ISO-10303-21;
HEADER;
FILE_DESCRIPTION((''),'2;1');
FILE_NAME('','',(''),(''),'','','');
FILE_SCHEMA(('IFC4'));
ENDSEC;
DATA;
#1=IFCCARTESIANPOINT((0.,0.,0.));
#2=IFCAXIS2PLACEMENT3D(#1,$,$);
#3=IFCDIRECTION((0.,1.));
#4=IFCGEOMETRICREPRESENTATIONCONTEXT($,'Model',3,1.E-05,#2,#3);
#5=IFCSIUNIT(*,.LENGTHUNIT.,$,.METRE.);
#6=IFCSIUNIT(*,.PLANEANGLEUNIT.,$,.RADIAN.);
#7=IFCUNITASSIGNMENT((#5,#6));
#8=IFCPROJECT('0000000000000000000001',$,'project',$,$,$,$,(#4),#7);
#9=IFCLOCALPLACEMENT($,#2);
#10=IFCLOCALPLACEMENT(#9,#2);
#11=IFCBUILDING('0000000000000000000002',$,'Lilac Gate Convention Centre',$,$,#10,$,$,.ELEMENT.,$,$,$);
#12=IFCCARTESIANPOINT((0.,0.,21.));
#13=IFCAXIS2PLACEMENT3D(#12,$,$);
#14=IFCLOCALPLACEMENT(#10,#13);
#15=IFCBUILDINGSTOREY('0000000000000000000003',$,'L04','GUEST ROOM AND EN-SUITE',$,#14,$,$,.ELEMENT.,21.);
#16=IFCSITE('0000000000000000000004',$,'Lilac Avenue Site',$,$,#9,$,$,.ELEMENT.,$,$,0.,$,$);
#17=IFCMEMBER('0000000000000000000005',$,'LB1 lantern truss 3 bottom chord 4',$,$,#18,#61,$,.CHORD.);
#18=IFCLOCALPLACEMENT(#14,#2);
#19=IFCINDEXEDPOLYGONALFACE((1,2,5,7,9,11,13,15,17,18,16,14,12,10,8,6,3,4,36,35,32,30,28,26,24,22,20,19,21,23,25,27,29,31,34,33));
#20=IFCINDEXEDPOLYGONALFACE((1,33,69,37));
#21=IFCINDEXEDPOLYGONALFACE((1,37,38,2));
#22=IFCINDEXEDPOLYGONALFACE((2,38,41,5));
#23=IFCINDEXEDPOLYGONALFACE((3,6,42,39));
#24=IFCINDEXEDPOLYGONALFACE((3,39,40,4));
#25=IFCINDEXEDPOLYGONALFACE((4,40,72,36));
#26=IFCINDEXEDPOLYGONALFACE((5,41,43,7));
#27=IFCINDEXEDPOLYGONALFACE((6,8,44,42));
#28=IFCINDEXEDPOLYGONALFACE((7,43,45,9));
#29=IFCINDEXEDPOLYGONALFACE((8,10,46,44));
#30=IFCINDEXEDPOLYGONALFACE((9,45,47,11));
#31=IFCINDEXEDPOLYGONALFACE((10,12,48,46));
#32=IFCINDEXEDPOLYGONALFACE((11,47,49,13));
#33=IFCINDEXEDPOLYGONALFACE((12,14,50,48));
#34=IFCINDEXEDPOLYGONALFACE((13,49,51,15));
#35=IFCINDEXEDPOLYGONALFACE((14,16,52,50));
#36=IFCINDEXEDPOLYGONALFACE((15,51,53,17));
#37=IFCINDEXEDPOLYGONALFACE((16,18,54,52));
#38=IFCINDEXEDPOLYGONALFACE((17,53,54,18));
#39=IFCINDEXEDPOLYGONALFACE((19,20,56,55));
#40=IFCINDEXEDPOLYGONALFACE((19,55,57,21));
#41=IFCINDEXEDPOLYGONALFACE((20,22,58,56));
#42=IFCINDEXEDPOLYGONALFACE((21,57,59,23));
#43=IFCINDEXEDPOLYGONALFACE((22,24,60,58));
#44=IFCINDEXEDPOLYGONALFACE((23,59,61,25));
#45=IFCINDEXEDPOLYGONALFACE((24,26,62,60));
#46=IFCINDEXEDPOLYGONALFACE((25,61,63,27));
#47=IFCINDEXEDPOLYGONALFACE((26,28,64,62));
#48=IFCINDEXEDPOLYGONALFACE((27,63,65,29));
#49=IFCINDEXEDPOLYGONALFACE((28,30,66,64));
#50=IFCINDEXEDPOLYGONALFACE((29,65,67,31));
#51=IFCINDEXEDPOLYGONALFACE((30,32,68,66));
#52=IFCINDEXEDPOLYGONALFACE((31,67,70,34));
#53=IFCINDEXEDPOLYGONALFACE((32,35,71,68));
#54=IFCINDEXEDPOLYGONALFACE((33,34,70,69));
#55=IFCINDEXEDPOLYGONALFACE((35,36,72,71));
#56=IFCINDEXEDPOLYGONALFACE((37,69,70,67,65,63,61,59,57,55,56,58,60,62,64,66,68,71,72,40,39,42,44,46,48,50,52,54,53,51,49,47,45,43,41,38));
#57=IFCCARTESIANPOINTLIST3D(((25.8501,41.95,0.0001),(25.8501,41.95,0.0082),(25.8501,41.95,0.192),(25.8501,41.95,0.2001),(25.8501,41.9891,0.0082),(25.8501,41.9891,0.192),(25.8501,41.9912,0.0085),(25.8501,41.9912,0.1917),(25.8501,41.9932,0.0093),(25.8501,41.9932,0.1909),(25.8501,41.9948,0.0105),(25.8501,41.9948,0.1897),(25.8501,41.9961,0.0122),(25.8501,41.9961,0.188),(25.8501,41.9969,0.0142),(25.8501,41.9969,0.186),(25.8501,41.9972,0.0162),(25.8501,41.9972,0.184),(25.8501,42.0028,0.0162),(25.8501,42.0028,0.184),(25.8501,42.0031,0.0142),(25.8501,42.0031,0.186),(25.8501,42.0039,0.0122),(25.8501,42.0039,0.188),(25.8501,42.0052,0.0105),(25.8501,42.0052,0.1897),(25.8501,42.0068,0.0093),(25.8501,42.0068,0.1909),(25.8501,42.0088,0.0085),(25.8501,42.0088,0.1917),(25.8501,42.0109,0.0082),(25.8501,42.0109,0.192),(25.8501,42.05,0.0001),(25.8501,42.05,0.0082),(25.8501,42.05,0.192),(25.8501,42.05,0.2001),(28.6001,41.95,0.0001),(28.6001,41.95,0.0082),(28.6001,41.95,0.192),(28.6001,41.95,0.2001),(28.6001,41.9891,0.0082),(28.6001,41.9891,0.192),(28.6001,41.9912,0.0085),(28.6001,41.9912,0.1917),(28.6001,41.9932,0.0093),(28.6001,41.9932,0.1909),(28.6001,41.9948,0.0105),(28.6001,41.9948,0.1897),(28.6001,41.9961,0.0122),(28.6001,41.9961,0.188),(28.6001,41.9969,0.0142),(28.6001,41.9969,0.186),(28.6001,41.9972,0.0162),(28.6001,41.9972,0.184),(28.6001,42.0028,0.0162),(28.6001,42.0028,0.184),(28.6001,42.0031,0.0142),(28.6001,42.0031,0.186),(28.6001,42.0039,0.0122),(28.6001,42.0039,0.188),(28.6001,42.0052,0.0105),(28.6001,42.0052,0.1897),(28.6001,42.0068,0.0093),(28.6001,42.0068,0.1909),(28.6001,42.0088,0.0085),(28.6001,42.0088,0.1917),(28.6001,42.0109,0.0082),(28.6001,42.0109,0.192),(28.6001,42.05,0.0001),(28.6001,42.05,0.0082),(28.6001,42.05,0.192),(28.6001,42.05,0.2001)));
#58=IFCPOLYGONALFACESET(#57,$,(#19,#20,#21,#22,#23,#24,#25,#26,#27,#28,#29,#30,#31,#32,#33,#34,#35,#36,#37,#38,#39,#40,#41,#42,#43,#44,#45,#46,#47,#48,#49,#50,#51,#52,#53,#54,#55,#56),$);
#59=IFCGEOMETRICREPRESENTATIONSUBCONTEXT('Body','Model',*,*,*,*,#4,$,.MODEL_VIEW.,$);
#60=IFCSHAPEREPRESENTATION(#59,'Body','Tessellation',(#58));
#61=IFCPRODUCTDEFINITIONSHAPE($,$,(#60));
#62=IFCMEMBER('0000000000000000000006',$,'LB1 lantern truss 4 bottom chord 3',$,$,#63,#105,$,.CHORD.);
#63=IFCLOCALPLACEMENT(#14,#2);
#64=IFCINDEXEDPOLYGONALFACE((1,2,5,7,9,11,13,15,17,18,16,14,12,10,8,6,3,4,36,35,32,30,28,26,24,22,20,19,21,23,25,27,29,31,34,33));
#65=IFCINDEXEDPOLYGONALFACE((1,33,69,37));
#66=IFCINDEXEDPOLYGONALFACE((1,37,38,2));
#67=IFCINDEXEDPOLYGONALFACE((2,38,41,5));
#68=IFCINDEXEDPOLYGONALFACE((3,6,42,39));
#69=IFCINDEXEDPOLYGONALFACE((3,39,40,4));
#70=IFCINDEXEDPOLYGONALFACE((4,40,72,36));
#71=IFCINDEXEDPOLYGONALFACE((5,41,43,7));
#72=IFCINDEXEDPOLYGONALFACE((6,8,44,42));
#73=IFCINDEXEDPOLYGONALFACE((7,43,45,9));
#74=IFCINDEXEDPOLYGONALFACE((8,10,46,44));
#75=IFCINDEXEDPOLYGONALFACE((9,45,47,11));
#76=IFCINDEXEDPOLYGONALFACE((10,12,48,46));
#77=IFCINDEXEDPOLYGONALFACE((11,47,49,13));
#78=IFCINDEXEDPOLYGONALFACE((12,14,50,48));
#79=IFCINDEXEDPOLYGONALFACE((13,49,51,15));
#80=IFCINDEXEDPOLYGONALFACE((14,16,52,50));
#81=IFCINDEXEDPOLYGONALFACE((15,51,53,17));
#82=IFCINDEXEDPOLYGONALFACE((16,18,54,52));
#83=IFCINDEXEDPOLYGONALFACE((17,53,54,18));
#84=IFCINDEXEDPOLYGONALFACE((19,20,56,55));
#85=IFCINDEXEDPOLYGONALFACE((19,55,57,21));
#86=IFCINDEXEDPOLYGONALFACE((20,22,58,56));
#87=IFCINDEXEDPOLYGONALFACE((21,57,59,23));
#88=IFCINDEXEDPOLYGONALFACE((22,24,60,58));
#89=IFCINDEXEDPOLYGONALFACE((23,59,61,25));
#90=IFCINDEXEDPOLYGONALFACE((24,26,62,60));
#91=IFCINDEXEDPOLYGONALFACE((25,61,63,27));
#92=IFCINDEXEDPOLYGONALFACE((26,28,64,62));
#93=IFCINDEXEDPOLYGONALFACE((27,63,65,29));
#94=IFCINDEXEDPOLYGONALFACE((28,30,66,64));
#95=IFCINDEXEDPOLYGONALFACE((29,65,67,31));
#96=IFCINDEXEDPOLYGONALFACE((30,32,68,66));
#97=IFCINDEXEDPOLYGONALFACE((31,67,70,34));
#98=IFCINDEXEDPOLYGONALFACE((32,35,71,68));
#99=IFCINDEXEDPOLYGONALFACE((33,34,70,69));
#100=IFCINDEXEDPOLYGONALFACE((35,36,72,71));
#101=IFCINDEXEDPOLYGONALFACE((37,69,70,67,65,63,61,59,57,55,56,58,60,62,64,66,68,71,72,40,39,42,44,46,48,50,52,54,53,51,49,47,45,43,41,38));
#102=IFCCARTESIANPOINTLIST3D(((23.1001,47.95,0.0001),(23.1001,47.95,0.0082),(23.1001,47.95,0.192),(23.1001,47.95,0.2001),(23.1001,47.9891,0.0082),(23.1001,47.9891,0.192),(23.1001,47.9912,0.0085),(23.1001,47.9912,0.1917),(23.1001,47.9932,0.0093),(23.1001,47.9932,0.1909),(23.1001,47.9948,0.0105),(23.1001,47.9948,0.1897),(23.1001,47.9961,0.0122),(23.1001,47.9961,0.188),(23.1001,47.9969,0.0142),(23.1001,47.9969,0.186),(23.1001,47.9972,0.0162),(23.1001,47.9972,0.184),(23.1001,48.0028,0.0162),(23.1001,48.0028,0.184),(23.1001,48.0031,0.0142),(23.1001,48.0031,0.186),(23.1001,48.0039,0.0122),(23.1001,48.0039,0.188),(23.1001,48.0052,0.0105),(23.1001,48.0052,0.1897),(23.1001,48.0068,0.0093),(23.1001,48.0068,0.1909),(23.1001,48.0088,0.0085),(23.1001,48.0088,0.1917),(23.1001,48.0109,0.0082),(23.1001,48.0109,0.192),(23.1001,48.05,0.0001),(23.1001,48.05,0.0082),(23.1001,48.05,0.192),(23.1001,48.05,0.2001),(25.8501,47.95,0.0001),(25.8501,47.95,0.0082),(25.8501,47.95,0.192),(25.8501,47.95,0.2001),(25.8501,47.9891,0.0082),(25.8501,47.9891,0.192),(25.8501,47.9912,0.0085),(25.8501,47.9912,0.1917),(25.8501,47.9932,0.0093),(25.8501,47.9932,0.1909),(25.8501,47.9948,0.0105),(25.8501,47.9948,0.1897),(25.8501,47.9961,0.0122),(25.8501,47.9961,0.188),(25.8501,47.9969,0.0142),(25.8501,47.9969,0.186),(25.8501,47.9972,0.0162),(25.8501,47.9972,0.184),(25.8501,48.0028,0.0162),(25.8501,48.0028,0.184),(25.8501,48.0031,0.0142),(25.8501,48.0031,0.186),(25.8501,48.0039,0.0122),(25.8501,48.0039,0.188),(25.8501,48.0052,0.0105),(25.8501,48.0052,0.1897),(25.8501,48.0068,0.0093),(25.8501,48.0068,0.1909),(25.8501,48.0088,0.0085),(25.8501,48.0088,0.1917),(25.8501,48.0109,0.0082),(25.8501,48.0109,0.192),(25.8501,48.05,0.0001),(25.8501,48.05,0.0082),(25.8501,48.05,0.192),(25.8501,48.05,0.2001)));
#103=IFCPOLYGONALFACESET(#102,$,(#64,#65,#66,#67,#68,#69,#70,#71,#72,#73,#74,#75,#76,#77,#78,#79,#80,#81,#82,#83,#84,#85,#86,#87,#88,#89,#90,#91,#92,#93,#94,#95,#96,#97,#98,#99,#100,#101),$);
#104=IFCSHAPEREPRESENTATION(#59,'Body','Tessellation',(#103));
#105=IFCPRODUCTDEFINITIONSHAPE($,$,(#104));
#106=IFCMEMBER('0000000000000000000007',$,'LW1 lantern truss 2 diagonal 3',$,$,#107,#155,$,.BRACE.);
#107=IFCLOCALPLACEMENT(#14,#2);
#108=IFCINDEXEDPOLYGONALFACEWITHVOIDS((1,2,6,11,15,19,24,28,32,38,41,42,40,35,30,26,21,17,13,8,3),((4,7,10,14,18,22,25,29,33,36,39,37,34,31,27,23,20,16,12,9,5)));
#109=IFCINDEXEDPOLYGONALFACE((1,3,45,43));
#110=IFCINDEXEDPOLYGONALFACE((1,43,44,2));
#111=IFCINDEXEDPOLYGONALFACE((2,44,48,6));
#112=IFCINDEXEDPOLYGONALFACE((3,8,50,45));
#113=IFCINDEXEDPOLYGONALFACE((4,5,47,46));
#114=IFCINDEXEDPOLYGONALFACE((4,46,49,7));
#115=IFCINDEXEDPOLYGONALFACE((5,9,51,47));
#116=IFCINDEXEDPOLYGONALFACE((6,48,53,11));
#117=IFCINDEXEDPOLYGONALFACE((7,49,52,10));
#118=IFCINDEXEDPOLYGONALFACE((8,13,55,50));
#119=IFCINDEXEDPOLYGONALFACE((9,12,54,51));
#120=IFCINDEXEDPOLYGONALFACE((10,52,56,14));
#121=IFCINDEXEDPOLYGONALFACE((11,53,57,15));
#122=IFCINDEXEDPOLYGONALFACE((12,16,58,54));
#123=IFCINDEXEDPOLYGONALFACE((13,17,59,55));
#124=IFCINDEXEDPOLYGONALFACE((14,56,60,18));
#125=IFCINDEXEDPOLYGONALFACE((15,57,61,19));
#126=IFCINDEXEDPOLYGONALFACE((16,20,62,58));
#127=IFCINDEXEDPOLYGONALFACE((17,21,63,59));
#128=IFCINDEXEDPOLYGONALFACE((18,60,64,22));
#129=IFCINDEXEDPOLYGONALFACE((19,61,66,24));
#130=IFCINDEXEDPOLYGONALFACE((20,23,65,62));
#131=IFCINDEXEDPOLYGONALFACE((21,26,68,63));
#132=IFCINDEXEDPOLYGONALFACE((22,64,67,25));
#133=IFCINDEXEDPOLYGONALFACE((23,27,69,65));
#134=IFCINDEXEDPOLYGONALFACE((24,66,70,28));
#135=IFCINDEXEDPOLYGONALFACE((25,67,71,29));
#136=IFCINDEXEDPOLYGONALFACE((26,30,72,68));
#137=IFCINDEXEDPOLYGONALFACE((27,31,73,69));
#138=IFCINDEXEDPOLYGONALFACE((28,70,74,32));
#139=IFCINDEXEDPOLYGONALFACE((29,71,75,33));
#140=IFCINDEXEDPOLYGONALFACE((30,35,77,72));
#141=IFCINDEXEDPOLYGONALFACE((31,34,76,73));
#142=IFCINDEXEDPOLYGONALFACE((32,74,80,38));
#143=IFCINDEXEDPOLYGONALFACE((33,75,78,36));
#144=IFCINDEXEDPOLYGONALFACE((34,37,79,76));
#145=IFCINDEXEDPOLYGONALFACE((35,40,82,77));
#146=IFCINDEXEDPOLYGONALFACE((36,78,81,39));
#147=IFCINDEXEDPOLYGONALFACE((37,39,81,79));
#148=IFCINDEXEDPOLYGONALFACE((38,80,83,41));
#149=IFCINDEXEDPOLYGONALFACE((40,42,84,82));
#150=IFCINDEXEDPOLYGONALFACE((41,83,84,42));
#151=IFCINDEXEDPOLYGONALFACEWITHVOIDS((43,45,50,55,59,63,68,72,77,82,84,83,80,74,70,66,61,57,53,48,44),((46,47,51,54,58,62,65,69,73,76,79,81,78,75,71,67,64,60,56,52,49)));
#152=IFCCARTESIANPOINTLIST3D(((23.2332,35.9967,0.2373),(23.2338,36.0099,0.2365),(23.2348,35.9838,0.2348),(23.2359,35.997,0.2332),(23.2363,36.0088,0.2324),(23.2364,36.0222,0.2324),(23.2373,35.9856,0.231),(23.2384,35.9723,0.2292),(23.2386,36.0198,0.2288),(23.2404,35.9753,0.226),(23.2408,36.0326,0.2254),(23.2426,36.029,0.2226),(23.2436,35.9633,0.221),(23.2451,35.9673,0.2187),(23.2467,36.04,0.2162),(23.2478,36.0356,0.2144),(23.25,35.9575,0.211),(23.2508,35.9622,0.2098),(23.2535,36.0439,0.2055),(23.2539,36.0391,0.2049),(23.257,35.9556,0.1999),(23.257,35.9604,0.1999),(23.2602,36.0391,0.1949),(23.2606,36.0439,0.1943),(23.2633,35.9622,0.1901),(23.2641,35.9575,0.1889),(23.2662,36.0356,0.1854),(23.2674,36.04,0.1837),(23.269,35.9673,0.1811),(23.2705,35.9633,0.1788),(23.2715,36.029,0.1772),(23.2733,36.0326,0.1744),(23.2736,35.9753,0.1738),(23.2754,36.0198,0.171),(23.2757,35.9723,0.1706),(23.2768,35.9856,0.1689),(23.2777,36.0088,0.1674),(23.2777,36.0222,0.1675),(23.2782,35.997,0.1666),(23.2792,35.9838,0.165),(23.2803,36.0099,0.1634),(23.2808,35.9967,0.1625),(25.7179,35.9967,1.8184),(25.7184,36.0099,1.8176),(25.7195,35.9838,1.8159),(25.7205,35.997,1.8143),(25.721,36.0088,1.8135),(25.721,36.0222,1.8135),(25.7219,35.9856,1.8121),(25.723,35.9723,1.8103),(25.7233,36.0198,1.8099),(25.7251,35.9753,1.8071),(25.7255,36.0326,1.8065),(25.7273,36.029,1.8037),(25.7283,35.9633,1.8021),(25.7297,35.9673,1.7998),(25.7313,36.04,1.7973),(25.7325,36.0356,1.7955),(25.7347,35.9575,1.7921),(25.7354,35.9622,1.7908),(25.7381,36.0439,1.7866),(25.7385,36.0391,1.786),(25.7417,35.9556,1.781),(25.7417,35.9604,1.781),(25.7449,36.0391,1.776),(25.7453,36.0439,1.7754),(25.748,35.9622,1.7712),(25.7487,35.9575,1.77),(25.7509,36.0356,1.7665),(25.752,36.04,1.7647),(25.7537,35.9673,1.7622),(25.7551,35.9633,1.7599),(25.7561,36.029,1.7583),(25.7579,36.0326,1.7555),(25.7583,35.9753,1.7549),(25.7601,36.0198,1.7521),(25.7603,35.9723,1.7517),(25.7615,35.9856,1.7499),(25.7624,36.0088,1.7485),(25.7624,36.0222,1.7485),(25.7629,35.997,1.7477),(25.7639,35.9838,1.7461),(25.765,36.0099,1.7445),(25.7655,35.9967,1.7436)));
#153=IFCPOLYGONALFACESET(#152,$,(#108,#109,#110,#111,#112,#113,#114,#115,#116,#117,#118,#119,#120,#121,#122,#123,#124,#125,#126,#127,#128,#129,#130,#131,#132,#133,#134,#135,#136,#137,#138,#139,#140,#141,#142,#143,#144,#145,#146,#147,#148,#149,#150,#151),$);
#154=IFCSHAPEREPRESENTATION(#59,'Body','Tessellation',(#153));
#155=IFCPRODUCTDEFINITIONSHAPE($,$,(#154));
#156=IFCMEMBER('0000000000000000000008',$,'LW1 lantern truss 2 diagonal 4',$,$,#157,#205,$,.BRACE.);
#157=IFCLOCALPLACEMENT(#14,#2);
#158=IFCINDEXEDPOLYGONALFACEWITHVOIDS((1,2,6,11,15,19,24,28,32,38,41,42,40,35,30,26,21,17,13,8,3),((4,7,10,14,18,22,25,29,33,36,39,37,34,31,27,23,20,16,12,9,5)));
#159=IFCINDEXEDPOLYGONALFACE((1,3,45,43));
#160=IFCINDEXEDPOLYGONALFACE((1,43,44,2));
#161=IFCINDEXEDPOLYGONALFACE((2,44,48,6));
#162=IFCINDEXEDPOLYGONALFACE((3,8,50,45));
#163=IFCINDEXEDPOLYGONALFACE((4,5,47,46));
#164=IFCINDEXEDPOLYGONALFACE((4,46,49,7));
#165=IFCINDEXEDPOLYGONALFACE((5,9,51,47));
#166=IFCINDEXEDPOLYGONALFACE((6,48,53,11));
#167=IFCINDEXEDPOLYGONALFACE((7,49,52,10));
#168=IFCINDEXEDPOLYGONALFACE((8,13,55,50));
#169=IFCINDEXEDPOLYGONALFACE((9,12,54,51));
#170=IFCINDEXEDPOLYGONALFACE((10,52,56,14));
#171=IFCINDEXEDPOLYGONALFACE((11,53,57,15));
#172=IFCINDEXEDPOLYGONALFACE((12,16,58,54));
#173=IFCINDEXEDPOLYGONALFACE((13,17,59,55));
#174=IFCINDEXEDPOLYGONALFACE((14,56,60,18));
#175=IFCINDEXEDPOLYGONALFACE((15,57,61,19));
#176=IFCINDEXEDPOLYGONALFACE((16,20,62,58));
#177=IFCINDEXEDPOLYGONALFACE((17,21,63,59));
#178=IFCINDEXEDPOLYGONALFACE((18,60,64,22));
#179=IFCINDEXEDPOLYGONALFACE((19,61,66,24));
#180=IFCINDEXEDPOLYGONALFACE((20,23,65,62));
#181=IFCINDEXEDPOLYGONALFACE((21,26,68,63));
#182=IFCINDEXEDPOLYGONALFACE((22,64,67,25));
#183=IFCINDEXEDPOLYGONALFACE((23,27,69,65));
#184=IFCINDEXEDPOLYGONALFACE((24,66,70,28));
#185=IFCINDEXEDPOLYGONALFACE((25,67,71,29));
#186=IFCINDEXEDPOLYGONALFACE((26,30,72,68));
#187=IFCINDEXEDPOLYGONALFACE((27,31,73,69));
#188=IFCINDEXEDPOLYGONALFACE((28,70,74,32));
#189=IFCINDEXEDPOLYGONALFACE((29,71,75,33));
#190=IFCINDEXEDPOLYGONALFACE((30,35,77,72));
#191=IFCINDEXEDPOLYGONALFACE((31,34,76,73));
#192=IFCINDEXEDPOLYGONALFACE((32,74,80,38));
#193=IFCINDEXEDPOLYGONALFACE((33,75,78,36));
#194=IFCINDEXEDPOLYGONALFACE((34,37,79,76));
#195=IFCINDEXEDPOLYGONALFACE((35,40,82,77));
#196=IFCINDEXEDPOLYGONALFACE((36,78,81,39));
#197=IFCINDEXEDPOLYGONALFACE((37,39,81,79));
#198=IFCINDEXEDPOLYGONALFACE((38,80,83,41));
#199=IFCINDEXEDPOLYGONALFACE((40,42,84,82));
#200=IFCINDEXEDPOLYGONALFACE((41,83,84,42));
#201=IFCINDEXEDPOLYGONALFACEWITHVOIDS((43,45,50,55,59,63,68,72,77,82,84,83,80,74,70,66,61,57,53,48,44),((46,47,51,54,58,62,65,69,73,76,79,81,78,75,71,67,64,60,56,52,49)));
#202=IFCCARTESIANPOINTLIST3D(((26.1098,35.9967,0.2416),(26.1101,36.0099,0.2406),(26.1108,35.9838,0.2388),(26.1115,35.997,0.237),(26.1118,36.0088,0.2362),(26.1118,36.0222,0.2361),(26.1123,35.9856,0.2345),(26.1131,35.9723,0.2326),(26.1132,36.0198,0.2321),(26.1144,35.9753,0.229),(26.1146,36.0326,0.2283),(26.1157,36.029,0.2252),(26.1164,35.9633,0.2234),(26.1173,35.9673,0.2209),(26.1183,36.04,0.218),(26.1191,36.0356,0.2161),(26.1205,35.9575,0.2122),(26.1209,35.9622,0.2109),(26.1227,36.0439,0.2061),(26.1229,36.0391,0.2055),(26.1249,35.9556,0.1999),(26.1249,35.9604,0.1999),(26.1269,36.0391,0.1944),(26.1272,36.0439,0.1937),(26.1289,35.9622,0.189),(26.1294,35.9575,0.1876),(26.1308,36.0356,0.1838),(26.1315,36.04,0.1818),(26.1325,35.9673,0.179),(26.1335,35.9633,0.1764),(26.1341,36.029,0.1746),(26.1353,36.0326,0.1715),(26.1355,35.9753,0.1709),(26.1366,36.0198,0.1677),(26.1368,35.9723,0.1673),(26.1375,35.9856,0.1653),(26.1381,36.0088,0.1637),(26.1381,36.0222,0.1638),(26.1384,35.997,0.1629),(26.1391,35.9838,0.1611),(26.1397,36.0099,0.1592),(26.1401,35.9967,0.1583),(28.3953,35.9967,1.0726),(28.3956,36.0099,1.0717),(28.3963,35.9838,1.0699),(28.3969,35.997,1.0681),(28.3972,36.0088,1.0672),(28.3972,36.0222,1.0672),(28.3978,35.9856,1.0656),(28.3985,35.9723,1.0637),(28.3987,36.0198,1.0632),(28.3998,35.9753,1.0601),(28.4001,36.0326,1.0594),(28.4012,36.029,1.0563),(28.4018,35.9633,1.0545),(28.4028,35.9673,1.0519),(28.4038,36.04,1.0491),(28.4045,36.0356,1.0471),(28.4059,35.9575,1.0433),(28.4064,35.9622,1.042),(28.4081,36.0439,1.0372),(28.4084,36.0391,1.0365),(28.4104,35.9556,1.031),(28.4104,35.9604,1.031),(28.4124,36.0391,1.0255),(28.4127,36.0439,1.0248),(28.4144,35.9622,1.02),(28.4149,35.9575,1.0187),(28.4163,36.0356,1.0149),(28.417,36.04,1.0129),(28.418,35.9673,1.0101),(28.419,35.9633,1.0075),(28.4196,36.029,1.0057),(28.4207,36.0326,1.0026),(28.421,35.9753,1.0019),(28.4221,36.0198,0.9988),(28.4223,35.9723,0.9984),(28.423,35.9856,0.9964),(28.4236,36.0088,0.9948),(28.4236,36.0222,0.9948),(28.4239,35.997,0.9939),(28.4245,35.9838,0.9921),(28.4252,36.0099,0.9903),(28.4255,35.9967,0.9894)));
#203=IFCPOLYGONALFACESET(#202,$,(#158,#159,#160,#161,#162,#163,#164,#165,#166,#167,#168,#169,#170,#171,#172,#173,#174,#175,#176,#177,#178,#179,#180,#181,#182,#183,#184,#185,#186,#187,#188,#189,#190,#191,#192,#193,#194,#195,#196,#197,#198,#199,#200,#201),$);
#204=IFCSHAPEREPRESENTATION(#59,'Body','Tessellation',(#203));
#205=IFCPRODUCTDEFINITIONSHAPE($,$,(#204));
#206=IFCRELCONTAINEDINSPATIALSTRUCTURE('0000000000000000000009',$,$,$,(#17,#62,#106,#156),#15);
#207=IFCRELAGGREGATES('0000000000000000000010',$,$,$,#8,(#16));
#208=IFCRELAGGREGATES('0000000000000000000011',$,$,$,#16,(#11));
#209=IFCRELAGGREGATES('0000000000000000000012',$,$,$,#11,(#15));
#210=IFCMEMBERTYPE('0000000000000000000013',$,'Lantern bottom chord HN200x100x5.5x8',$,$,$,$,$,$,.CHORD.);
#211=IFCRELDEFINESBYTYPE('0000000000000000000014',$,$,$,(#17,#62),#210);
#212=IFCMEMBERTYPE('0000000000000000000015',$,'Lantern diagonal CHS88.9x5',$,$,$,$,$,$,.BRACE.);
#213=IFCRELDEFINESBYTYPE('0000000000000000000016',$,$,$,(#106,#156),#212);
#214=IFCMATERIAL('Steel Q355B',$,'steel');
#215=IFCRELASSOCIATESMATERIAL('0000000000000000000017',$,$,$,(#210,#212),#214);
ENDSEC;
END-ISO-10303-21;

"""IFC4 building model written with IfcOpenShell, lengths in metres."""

from ifc_helpers import new_model, si_unit, direction, frame, origin, origin_2d, place, context, subcontext, project, spatial, hollow_circle, i_section, extrude, material, material_profile, profile_set, type_object, element, save


model = new_model("IFC4")

# Units and contexts
model_context = context("Model", 3, precision=1e-05, world=origin(), true_north=direction((0.0, 1.0)))
body_context = subcontext(model_context, "Body", "Model", "MODEL_VIEW")
ifc_project = project(units=[si_unit("LENGTHUNIT", "METRE"), si_unit("PLANEANGLEUNIT", "RADIAN")], contexts=[model_context])

# Site, building, storey
site_placement = place(None, origin())
site = spatial("IfcSite", under=ifc_project, at=site_placement, Name="Lilac Avenue Site", CompositionType="ELEMENT", RefElevation=0.0)
building_placement = place(site_placement, origin())
building = spatial("IfcBuilding", under=site, at=building_placement, Name="Lilac Gate Convention Centre", CompositionType="ELEMENT")
storey_placement = place(building_placement, frame((0.0, 0.0, 21.0)))
storey = spatial("IfcBuildingStorey", under=building, at=storey_placement, Name="L04", Description="GUEST ROOM AND EN-SUITE", CompositionType="ELEMENT", Elevation=21.0)

# Members
ifc_material_1 = material(Name="Steel Q355B", Category="steel")
ifc_material_profile_1 = material_profile(ifc_material_1, i_section(OverallWidth=0.1001, OverallDepth=0.2, WebThickness=0.0056, FlangeThickness=0.0081, FilletRadius=0.0081, at=origin_2d()), Name="HN200x100x5.5x8")
ifc_profile_set_1 = profile_set([ifc_material_profile_1], Name="Steel Q355B")
member_type_1 = type_object("IfcMemberType", Name="Lantern bottom chord HN200x100x5.5x8", PredefinedType="CHORD", material=ifc_profile_set_1)
for number, where, z_axis, x_axis, name in (
    (1, (25.8501, 42.0, 0.1001), (1.0, 0.0, 0.0), (0.0, 1.0, 0.0), "LB1 lantern truss 3 bottom chord 4"),
    (2, (23.1001, 48.0, 0.1001), (1.0, 0.0, 0.0), (0.0, 1.0, 0.0), "LB1 lantern truss 4 bottom chord 3"),
):
    element("IfcMember", number, at=place(storey_placement, frame(where, z_axis=z_axis, x_axis=x_axis)), inside=storey, type_object=member_type_1, Name=name, PredefinedType="CHORD", context=body_context, shape_type="SweptSolid", body=[
        extrude(i_section(OverallWidth=0.1001, OverallDepth=0.2, WebThickness=0.0056, FlangeThickness=0.0081, FilletRadius=0.0081, at=origin_2d()), origin(), (0.0, 0.0, 1.0), 2.75),
    ])
ifc_material_profile_2 = material_profile(ifc_material_1, hollow_circle(Radius=0.0444, WallThickness=0.0049, at=origin_2d()), Name="CHS88.9x5")
ifc_profile_set_2 = profile_set([ifc_material_profile_2], Name="Steel Q355B")
member_type_2 = type_object("IfcMemberType", Name="Lantern diagonal CHS88.9x5", PredefinedType="BRACE", material=ifc_profile_set_2)
member_1_placement = place(storey_placement, frame((25.7417, 36.0, 1.781), z_axis=(-0.843672, 0.0, -0.536859), x_axis=(0.0, -1.0, 0.0)))
element("IfcMember", 3, at=member_1_placement, inside=storey, type_object=member_type_2, Name="LW1 lantern truss 2 diagonal 3", PredefinedType="BRACE", context=body_context, shape_type="SweptSolid", body=[
    extrude(hollow_circle(Radius=0.0444, WallThickness=0.0049, at=origin_2d()), origin(), (0.0, 0.0, 1.0), 2.9451),
])
member_2_placement = place(storey_placement, frame((28.4104, 36.0, 1.031), z_axis=(-0.939793, 0.0, -0.341743), x_axis=(0.0, -1.0, 0.0)))
element("IfcMember", 4, at=member_2_placement, inside=storey, type_object=member_type_2, Name="LW1 lantern truss 2 diagonal 4", PredefinedType="BRACE", context=body_context, shape_type="SweptSolid", body=[
    extrude(hollow_circle(Radius=0.0444, WallThickness=0.0049, at=origin_2d()), origin(), (0.0, 0.0, 1.0), 2.4319),
])

save(model, "model.ifc")
